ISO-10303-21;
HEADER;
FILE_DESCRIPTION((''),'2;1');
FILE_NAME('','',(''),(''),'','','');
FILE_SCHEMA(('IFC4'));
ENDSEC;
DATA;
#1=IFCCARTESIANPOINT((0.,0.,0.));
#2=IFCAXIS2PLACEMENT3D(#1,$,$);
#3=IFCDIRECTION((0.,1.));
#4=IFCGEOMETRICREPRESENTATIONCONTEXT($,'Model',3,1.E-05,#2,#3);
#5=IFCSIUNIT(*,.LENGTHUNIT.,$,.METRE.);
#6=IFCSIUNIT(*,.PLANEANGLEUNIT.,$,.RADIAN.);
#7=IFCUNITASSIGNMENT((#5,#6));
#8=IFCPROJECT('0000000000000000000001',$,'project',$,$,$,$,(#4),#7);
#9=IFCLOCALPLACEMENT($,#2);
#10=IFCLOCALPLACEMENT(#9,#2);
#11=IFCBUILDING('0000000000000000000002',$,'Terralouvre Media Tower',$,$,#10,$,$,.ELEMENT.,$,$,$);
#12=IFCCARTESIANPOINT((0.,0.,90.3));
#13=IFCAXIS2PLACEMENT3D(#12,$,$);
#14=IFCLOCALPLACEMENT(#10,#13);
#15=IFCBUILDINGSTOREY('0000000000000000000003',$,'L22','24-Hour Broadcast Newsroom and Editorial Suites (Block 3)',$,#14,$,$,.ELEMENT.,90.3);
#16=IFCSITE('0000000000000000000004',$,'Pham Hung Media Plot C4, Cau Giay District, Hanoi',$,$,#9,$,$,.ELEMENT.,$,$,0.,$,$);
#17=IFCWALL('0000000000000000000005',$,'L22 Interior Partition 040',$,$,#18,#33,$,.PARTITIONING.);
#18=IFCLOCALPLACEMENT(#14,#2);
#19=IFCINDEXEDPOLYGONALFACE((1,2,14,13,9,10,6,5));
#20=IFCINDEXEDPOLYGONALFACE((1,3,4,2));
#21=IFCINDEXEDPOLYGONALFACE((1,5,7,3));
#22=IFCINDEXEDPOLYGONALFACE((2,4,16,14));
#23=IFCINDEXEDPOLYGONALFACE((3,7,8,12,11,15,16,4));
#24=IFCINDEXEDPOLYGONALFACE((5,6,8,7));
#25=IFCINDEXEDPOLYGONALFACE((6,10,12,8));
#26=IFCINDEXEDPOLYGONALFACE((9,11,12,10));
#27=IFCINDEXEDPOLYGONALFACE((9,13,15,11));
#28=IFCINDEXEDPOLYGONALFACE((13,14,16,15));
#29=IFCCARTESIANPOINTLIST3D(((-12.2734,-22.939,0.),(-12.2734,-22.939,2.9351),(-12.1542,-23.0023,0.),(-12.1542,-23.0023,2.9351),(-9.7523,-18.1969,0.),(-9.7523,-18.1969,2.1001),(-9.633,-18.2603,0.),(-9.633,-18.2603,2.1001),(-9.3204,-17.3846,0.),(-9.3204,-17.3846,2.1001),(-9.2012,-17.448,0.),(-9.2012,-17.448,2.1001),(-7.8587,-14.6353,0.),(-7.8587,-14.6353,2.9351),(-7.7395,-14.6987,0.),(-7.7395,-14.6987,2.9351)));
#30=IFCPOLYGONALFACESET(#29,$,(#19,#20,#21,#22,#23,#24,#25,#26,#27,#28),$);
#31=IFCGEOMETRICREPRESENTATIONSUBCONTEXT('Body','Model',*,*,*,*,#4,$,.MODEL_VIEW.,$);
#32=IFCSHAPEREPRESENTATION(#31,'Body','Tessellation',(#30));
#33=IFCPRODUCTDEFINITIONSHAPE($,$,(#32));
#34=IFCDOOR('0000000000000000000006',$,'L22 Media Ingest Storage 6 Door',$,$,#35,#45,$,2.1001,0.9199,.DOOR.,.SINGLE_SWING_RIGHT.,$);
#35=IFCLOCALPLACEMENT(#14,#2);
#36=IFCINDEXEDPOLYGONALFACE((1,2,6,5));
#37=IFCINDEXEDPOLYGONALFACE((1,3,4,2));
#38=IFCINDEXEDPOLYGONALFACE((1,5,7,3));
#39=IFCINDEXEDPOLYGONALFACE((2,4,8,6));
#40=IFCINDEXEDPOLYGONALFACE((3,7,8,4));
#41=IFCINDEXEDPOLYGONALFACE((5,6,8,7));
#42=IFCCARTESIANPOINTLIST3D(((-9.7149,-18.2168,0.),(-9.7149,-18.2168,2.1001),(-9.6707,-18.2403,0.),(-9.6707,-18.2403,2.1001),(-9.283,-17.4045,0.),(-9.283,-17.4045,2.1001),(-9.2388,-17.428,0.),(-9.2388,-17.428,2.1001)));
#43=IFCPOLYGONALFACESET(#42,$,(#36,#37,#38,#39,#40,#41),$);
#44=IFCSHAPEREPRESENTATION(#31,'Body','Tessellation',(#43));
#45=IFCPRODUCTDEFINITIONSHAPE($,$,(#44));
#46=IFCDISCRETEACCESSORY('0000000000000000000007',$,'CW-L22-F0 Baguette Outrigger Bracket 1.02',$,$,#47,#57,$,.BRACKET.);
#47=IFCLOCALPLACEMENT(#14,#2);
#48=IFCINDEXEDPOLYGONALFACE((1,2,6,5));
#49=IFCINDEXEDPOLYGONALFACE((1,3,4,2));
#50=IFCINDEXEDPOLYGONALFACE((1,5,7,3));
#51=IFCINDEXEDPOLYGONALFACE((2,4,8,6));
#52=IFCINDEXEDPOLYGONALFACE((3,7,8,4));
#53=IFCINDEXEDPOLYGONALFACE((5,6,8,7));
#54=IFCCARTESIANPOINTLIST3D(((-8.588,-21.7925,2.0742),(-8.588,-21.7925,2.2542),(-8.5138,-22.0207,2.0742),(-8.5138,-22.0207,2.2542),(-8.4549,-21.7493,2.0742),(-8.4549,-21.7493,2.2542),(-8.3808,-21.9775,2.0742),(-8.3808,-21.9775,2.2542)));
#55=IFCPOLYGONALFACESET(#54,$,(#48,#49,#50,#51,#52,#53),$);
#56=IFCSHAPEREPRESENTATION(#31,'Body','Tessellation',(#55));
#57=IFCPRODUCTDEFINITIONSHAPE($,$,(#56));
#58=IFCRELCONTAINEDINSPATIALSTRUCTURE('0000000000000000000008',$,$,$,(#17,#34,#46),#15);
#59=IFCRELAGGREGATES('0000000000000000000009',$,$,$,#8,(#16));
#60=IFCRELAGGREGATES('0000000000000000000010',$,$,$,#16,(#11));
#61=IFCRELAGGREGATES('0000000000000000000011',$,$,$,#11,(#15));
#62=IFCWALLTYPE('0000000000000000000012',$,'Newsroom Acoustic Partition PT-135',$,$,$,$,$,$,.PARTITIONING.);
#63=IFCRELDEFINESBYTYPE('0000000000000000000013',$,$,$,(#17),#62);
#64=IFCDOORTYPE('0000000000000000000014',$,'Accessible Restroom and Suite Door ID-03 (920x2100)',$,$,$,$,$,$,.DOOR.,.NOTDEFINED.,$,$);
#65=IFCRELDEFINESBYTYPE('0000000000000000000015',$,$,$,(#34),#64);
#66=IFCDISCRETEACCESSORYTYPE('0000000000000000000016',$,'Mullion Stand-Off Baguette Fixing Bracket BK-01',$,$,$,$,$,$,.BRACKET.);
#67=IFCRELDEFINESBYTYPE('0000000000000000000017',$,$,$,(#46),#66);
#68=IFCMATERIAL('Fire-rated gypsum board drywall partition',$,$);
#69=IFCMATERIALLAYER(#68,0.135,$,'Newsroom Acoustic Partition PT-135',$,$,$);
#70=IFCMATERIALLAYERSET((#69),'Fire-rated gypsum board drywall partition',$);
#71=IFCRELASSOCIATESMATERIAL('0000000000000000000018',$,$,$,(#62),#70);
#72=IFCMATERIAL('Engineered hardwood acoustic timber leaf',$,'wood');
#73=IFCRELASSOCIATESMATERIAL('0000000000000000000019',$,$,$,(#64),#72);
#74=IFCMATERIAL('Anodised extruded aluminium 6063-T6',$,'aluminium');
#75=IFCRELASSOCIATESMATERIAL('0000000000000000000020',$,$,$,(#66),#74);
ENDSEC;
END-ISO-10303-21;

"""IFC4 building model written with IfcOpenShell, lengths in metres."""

from ifc_helpers import new_model, si_unit, direction, frame, frame_2d, origin, origin_2d, place, context, subcontext, project, spatial, rectangle, extrude, material, layer, layer_set, type_object, element, fill, save


model = new_model("IFC4")

# Units and contexts
model_context = context("Model", 3, precision=1e-05, world=origin(), true_north=direction((0.0, 1.0)))
body_context = subcontext(model_context, "Body", "Model", "MODEL_VIEW")
ifc_project = project(units=[si_unit("LENGTHUNIT", "METRE"), si_unit("PLANEANGLEUNIT", "RADIAN")], contexts=[model_context])

# Site, building, storey
site_placement = place(None, origin())
site = spatial("IfcSite", under=ifc_project, at=site_placement, Name="Pham Hung Media Plot C4, Cau Giay District, Hanoi", CompositionType="ELEMENT", RefElevation=0.0)
building_placement = place(site_placement, origin())
building = spatial("IfcBuilding", under=site, at=building_placement, Name="Terralouvre Media Tower", CompositionType="ELEMENT")
storey_placement = place(building_placement, frame((0.0, 0.0, 90.3)))
storey = spatial("IfcBuildingStorey", under=building, at=storey_placement, Name="L22", Description="24-Hour Broadcast Newsroom and Editorial Suites (Block 3)", CompositionType="ELEMENT", Elevation=90.3)

# Shared definitions
ifc_material_1 = material(Name="Fire-rated gypsum board drywall partition")
ifc_layer_1 = layer(ifc_material_1, 0.135, Name="Newsroom Acoustic Partition PT-135")
ifc_layer_set_1 = layer_set([ifc_layer_1], Name="Fire-rated gypsum board drywall partition")
wall_type = type_object("IfcWallType", Name="Newsroom Acoustic Partition PT-135", PredefinedType="PARTITIONING", material=ifc_layer_set_1)

# Wall, opening, door
wall_1_placement = place(storey_placement, frame((-7.7991, -14.667, 0.0), z_axis=(0.0, 0.0, 1.0), x_axis=(-0.469441, -0.882964, 0.0)))
wall_1 = element("IfcWall", 1, at=wall_1_placement, inside=storey, type_object=wall_type, Name="L22 Interior Partition 040", PredefinedType="PARTITIONING", context=body_context, shape_type="SweptSolid", body=[
    extrude(rectangle(XDim=9.4043, YDim=0.135, at=frame_2d((4.7021, 0.0))), origin(), (0.0, 0.0, 1.0), 2.9351),
])
opening_1_placement = place(wall_1_placement, frame((3.1138, 0.0, 0.0)))
opening_1 = element("IfcOpeningElement", 2, at=opening_1_placement, cuts=wall_1, PredefinedType="OPENING", context=body_context, shape_type="SweptSolid", body=[
    extrude(rectangle(XDim=0.9199, YDim=2.1001, at=frame_2d((0.46, 1.05))), frame((0.0, 0.0774, 0.0), z_axis=(0.0, -1.0, 0.0), x_axis=(1.0, 0.0, 0.0)), (0.0, 0.0, 1.0), 0.155),
])
ifc_material_2 = material(Name="Engineered hardwood acoustic timber leaf", Category="wood")
door_type_1 = type_object("IfcDoorType", Name="Accessible Restroom and Suite Door ID-03 (920x2100)", OperationType="NOTDEFINED", PredefinedType="DOOR", material=ifc_material_2)
door_1_placement = place(opening_1_placement, origin())
door_1 = element("IfcDoor", 3, at=door_1_placement, inside=storey, type_object=door_type_1, Name="L22 Media Ingest Storage 6 Door", OperationType="SINGLE_SWING_RIGHT", OverallHeight=2.1001, OverallWidth=0.9199, PredefinedType="DOOR", context=body_context, shape_type="SweptSolid", body=[
    extrude(rectangle(XDim=0.9199, YDim=2.1001, at=frame_2d((0.46, 1.05))), frame((0.0, 0.0249, 0.0), z_axis=(0.0, -1.0, 0.0), x_axis=(1.0, 0.0, 0.0)), (0.0, 0.0, 1.0), 0.05),
])
fill(opening_1, door_1)

# Discrete accessory
ifc_material_3 = material(Name="Anodised extruded aluminium 6063-T6", Category="aluminium")
discrete_accessory_type = type_object("IfcDiscreteAccessoryType", Name="Mullion Stand-Off Baguette Fixing Bracket BK-01", PredefinedType="BRACKET", material=ifc_material_3)
discrete_accessory_placement = place(storey_placement, frame((-8.4844, -21.885, 2.0742), z_axis=(0.0, 0.0, 1.0), x_axis=(0.951057, 0.309017, 0.0)))
element("IfcDiscreteAccessory", 4, at=discrete_accessory_placement, inside=storey, type_object=discrete_accessory_type, Name="CW-L22-F0 Baguette Outrigger Bracket 1.02", PredefinedType="BRACKET", context=body_context, shape_type="SweptSolid", body=[
    extrude(rectangle(XDim=0.1399, YDim=0.24, at=origin_2d()), origin(), (0.0, 0.0, 1.0), 0.1799),
])

save(model, "model.ifc")
